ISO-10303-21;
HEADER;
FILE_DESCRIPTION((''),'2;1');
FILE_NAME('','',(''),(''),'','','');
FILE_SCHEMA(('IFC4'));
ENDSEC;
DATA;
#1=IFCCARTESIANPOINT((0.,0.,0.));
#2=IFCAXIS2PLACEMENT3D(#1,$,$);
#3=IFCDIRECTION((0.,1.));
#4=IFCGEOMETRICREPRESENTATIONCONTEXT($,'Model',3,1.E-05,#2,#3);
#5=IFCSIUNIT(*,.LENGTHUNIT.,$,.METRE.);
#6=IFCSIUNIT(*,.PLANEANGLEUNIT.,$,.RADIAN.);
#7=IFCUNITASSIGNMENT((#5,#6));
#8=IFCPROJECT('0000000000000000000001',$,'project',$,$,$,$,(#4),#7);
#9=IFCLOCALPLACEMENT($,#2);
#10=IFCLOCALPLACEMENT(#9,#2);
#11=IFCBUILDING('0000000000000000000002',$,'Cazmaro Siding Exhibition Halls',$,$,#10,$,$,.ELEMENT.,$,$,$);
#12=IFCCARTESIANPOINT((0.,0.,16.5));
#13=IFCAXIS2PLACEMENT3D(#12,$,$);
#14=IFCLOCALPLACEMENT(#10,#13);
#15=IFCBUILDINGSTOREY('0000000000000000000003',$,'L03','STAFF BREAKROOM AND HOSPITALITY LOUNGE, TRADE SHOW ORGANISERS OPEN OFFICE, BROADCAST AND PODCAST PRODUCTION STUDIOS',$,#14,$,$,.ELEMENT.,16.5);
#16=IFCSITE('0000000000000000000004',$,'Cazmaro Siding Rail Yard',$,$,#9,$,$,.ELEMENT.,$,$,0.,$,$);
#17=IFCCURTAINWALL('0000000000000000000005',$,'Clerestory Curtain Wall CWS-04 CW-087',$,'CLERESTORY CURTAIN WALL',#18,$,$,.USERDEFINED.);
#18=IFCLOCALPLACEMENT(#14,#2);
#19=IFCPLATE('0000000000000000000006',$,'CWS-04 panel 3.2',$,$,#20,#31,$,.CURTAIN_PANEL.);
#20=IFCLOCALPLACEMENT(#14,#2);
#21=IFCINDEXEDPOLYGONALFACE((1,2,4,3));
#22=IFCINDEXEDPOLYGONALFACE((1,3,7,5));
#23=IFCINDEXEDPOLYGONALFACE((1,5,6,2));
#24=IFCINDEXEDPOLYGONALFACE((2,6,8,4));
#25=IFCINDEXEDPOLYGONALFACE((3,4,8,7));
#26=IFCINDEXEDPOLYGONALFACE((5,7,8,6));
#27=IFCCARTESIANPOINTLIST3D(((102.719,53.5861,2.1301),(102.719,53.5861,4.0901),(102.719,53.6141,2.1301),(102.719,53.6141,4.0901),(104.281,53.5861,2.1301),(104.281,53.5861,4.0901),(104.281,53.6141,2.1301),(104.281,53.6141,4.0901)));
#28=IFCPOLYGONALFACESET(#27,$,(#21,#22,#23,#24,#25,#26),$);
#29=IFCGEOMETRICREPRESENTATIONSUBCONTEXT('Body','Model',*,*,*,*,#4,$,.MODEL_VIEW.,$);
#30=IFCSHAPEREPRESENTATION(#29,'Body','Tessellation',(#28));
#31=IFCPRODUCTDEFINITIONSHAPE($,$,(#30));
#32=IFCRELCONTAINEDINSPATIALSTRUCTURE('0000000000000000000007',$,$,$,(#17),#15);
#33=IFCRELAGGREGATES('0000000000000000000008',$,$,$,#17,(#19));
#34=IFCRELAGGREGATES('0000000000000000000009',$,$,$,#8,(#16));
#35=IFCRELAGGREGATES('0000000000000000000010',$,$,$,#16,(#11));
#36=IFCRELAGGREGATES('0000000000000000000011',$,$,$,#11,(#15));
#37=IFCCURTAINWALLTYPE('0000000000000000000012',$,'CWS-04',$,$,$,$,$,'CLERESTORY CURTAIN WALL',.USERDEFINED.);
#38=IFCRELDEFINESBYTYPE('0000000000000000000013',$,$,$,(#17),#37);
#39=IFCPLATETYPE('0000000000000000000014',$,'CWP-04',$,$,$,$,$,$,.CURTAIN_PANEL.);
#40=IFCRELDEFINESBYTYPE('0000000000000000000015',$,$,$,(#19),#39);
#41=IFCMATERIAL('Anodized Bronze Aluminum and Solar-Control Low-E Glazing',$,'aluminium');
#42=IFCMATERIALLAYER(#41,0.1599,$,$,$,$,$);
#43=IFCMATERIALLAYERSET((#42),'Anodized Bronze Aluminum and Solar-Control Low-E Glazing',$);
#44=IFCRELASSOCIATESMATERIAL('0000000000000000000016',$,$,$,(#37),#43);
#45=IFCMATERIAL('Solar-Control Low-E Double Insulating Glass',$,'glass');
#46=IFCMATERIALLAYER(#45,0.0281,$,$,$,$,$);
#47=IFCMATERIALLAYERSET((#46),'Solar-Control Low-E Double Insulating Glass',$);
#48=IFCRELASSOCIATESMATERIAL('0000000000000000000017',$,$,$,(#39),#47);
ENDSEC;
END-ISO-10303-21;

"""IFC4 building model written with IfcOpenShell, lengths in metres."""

from ifc_helpers import new_model, si_unit, direction, frame, origin, origin_2d, place, context, subcontext, project, spatial, rectangle, extrude, material, layer, layer_set, type_object, element, aggregate, save


model = new_model("IFC4")

# Units and contexts
model_context = context("Model", 3, precision=1e-05, world=origin(), true_north=direction((0.0, 1.0)))
body_context = subcontext(model_context, "Body", "Model", "MODEL_VIEW")
ifc_project = project(units=[si_unit("LENGTHUNIT", "METRE"), si_unit("PLANEANGLEUNIT", "RADIAN")], contexts=[model_context])

# Site, building, storey
site_placement = place(None, origin())
site = spatial("IfcSite", under=ifc_project, at=site_placement, Name="Cazmaro Siding Rail Yard", CompositionType="ELEMENT", RefElevation=0.0)
building_placement = place(site_placement, origin())
building = spatial("IfcBuilding", under=site, at=building_placement, Name="Cazmaro Siding Exhibition Halls", CompositionType="ELEMENT")
storey_placement = place(building_placement, frame((0.0, 0.0, 16.5)))
storey = spatial("IfcBuildingStorey", under=building, at=storey_placement, Name="L03", Description="STAFF BREAKROOM AND HOSPITALITY LOUNGE, TRADE SHOW ORGANISERS OPEN OFFICE, BROADCAST AND PODCAST PRODUCTION STUDIOS", CompositionType="ELEMENT", Elevation=16.5)

# Curtain wall
ifc_material_1 = material(Name="Anodized Bronze Aluminum and Solar-Control Low-E Glazing", Category="aluminium")
ifc_layer_1 = layer(ifc_material_1, 0.1599)
ifc_layer_set_1 = layer_set([ifc_layer_1], Name="Anodized Bronze Aluminum and Solar-Control Low-E Glazing")
curtain_wall_type = type_object("IfcCurtainWallType", Name="CWS-04", ElementType="CLERESTORY CURTAIN WALL", PredefinedType="USERDEFINED", material=ifc_layer_set_1)
curtain_wall_placement = place(storey_placement, origin())
curtain_wall = element("IfcCurtainWall", 1, at=curtain_wall_placement, inside=storey, type_object=curtain_wall_type, Name="Clerestory Curtain Wall CWS-04 CW-087", ObjectType="CLERESTORY CURTAIN WALL", PredefinedType="USERDEFINED")

# Plate
ifc_material_2 = material(Name="Solar-Control Low-E Double Insulating Glass", Category="glass")
ifc_layer_2 = layer(ifc_material_2, 0.0281)
ifc_layer_set_2 = layer_set([ifc_layer_2], Name="Solar-Control Low-E Double Insulating Glass")
plate_type = type_object("IfcPlateType", Name="CWP-04", PredefinedType="CURTAIN_PANEL", material=ifc_layer_set_2)
plate_1_placement = place(storey_placement, frame((103.5, 53.6001, 2.1301), z_axis=(0.0, 0.0, 1.0), x_axis=(-1.0, 0.0, 0.0)))
plate_1 = element("IfcPlate", 2, at=plate_1_placement, type_object=plate_type, Name="CWS-04 panel 3.2", PredefinedType="CURTAIN_PANEL", context=body_context, shape_type="SweptSolid", body=[
    extrude(rectangle(XDim=1.562, YDim=0.0281, at=origin_2d()), origin(), (0.0, 0.0, 1.0), 1.96),
])
aggregate(curtain_wall, [plate_1])

save(model, "model.ifc")
